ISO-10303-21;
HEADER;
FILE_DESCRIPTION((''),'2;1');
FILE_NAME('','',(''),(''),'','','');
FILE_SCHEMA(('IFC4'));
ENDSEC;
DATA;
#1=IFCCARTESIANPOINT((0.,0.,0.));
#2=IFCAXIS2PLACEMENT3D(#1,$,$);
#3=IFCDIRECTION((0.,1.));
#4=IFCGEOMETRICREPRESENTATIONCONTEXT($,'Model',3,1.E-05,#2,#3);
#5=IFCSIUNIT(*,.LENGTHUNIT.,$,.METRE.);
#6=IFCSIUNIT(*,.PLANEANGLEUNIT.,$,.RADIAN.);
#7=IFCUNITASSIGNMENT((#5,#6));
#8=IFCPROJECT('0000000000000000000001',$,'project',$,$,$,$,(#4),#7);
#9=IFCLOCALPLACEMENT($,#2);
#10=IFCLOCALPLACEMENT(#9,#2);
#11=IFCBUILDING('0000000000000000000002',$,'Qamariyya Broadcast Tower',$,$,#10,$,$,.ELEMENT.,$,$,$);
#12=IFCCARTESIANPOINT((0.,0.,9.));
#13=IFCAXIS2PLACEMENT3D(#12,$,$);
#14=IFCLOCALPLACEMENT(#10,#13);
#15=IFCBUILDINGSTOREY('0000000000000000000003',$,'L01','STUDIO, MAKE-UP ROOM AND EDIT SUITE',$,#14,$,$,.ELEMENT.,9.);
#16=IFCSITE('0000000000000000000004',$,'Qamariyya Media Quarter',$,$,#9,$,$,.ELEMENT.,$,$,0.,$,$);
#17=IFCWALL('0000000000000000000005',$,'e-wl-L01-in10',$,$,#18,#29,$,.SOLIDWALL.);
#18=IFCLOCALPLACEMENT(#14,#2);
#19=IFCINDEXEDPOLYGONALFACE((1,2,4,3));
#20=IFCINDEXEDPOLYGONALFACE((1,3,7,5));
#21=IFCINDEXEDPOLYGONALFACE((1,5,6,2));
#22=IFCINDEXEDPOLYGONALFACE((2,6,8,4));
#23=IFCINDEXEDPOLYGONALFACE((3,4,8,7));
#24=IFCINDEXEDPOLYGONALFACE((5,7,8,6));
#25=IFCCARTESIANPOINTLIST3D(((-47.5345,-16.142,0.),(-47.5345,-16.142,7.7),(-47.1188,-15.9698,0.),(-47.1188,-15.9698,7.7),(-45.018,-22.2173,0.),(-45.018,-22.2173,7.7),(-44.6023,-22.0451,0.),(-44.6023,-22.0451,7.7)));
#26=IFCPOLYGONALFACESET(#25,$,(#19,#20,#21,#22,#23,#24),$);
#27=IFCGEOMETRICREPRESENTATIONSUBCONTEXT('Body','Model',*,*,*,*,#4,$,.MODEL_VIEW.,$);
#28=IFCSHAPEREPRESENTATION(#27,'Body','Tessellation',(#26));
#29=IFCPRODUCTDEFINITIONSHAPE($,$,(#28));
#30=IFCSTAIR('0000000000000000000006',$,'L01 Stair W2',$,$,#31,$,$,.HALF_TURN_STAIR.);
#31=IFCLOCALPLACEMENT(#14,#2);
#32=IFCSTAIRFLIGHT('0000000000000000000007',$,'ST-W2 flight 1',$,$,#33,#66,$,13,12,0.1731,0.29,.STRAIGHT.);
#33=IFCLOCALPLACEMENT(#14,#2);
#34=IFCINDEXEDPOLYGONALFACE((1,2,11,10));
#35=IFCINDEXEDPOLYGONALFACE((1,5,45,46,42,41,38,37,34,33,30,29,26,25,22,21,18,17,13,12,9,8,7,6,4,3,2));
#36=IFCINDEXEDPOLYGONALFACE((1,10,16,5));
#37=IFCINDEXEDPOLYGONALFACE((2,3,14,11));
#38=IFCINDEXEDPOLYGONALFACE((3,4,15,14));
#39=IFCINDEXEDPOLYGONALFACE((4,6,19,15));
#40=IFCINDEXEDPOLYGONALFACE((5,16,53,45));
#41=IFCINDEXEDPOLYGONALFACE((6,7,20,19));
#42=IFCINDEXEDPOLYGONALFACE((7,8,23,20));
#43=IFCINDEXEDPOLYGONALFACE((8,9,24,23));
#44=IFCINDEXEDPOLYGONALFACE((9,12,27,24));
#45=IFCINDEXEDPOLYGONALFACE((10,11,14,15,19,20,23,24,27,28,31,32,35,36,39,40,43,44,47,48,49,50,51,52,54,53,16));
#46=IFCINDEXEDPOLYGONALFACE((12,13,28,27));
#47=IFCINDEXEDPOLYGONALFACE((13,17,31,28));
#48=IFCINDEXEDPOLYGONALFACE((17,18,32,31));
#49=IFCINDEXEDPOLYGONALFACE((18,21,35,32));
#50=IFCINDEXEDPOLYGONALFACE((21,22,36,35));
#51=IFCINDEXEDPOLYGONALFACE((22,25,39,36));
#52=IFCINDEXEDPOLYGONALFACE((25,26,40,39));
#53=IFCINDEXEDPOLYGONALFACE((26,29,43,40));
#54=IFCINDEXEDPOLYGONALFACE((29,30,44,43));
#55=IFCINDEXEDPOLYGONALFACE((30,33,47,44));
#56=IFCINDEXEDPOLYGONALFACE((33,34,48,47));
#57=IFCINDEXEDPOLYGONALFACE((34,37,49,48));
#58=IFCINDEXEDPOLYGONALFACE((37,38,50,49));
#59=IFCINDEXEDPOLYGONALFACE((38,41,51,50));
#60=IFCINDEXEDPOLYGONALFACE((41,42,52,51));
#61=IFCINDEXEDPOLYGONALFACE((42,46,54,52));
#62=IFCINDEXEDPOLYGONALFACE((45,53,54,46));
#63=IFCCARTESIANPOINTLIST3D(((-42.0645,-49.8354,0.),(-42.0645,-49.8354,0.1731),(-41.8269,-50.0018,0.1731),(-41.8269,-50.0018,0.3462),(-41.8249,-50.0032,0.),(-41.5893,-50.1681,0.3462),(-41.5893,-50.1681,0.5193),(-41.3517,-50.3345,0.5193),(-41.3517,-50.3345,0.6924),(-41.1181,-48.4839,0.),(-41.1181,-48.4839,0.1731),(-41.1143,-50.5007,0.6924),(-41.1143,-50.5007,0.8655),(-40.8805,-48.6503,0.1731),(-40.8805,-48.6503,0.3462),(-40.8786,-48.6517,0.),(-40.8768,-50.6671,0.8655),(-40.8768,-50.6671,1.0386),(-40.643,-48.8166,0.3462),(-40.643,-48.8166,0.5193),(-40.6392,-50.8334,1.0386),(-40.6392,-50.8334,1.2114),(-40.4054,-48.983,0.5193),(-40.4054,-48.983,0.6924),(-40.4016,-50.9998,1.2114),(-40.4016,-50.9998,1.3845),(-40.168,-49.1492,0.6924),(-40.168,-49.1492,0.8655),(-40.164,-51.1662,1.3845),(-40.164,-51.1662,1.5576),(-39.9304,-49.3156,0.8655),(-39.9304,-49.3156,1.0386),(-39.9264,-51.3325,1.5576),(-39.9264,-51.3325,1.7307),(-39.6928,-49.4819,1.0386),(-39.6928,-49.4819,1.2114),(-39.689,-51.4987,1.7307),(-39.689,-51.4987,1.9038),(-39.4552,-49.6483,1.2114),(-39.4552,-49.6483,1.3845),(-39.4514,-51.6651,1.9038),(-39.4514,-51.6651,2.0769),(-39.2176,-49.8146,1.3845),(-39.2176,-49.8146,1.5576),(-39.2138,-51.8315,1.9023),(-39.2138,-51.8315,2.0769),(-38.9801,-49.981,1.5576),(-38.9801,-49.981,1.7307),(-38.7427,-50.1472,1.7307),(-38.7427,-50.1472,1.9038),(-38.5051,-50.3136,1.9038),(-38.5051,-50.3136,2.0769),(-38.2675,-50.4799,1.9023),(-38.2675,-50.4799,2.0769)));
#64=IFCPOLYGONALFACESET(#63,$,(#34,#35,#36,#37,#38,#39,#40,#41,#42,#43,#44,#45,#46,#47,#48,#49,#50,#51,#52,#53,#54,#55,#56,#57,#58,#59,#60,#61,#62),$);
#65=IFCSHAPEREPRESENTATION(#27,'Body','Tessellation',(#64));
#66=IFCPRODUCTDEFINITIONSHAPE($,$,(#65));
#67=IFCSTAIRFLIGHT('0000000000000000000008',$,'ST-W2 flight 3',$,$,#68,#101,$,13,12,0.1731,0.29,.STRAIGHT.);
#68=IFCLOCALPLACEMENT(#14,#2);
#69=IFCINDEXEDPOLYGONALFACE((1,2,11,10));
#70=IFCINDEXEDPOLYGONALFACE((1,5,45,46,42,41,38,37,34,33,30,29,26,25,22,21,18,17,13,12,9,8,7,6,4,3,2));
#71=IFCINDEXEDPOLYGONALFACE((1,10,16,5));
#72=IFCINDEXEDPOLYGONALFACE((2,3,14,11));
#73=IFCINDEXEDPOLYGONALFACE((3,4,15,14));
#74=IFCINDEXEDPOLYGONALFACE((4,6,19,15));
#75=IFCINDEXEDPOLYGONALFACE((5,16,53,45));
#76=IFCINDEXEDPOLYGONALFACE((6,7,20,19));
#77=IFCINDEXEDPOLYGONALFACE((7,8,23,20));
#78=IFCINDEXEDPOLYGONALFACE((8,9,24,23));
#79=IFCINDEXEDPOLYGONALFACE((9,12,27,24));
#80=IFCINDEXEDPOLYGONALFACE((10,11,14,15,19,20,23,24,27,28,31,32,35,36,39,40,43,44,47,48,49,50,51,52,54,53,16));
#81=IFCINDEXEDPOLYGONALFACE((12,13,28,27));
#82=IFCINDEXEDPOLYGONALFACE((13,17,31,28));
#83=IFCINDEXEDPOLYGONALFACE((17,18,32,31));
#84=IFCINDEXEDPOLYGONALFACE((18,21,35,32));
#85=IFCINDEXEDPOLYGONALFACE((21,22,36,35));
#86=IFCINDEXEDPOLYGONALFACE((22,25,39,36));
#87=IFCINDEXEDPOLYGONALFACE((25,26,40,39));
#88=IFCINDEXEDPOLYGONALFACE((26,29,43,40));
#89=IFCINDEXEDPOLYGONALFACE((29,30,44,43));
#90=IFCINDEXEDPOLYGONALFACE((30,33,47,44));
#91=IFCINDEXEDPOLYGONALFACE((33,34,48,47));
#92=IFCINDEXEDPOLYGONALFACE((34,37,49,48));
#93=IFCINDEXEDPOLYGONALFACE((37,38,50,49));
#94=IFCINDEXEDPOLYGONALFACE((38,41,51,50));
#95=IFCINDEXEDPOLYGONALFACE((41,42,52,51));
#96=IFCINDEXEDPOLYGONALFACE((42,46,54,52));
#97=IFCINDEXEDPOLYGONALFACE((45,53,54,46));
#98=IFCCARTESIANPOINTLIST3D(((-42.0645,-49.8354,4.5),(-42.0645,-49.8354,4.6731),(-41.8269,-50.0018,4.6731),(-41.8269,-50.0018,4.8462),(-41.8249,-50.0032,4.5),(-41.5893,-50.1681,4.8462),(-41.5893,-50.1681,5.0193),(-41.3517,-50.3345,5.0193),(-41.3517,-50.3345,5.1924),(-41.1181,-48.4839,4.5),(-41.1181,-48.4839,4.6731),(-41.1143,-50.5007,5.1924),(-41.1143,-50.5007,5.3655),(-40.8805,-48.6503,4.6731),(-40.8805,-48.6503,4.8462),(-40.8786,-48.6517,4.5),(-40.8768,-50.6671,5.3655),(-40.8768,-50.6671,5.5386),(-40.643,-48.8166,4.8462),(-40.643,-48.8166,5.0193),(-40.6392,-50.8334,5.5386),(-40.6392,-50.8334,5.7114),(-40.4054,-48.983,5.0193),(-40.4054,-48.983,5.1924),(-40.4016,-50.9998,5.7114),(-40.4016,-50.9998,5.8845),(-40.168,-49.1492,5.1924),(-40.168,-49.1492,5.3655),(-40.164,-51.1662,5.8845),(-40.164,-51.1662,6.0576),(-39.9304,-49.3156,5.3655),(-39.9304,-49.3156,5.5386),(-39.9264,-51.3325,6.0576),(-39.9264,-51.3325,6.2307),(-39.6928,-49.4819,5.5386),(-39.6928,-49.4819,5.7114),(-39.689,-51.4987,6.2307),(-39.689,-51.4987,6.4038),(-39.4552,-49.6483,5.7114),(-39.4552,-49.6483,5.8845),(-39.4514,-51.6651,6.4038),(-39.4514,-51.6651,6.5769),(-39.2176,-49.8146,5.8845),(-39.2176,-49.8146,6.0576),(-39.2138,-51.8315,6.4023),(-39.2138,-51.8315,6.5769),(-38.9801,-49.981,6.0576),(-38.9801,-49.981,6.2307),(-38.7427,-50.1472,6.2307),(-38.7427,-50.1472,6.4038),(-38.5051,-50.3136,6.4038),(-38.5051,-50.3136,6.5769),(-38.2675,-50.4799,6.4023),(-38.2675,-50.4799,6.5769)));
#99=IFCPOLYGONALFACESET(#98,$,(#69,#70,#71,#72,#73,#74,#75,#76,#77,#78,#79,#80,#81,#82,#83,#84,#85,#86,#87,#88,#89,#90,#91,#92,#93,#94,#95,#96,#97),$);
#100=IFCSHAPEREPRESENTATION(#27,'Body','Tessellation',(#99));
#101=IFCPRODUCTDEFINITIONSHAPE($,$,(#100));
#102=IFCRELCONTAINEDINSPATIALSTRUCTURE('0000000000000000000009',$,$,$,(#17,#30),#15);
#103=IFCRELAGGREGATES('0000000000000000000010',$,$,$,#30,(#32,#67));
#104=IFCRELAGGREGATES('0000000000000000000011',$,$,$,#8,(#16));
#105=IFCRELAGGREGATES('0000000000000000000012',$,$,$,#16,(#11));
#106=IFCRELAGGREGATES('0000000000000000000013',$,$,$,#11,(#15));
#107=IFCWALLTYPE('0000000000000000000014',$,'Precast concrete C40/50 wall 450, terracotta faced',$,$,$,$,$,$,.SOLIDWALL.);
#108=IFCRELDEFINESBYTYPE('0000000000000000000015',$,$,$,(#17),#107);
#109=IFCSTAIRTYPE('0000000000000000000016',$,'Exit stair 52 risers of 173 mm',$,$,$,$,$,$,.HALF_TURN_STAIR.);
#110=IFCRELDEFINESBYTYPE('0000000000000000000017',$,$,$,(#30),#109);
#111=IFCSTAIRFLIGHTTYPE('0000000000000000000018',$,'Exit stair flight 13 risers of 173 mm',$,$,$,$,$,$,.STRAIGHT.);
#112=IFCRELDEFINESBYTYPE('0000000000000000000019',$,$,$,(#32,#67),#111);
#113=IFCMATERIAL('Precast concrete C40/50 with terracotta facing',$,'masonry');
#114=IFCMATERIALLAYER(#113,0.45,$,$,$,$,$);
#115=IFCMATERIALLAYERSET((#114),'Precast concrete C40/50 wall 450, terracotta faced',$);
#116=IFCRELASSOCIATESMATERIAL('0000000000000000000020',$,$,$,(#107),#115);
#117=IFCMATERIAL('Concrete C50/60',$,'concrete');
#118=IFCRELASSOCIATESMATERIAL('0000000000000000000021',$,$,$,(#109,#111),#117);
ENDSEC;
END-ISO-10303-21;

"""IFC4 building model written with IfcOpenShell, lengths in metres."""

from ifc_helpers import new_model, si_unit, direction, frame, frame_2d, origin, place, context, subcontext, project, spatial, polyline, rectangle, outline, extrude, material, layer, layer_set, type_object, element, aggregate, save


model = new_model("IFC4")

# Units and contexts
model_context = context("Model", 3, precision=1e-05, world=origin(), true_north=direction((0.0, 1.0)))
body_context = subcontext(model_context, "Body", "Model", "MODEL_VIEW")
ifc_project = project(units=[si_unit("LENGTHUNIT", "METRE"), si_unit("PLANEANGLEUNIT", "RADIAN")], contexts=[model_context])

# Site, building, storey
site_placement = place(None, origin())
site = spatial("IfcSite", under=ifc_project, at=site_placement, Name="Qamariyya Media Quarter", CompositionType="ELEMENT", RefElevation=0.0)
building_placement = place(site_placement, origin())
building = spatial("IfcBuilding", under=site, at=building_placement, Name="Qamariyya Broadcast Tower", CompositionType="ELEMENT")
storey_placement = place(building_placement, frame((0.0, 0.0, 9.0)))
storey = spatial("IfcBuildingStorey", under=building, at=storey_placement, Name="L01", Description="STUDIO, MAKE-UP ROOM AND EDIT SUITE", CompositionType="ELEMENT", Elevation=9.0)

# Shared definitions
ifc_material_1 = material(Name="Concrete C50/60", Category="concrete")

# Wall
ifc_material_2 = material(Name="Precast concrete C40/50 with terracotta facing", Category="masonry")
ifc_layer_1 = layer(ifc_material_2, 0.45)
ifc_layer_set_1 = layer_set([ifc_layer_1], Name="Precast concrete C40/50 wall 450, terracotta faced")
wall_type_1 = type_object("IfcWallType", Name="Precast concrete C40/50 wall 450, terracotta faced", PredefinedType="SOLIDWALL", material=ifc_layer_set_1)
wall_1_placement = place(storey_placement, frame((-44.8101, -22.1313, 0.0), z_axis=(0.0, 0.0, 1.0), x_axis=(-0.382693, 0.923876, 0.0)))
element("IfcWall", 1, at=wall_1_placement, inside=storey, type_object=wall_type_1, Name="e-wl-L01-in10", PredefinedType="SOLIDWALL", context=body_context, shape_type="SweptSolid", body=[
    extrude(rectangle(XDim=6.5759, YDim=0.45, at=frame_2d((3.2881, 0.0))), origin(), (0.0, 0.0, 1.0), 7.7),
])

# Stair, stair flights
stair_type = type_object("IfcStairType", Name="Exit stair 52 risers of 173 mm", PredefinedType="HALF_TURN_STAIR", material=ifc_material_1)
stair_placement = place(storey_placement, origin())
stair = element("IfcStair", 2, at=stair_placement, inside=storey, type_object=stair_type, Name="L01 Stair W2", PredefinedType="HALF_TURN_STAIR")
stair_flight_type = type_object("IfcStairFlightType", Name="Exit stair flight 13 risers of 173 mm", PredefinedType="STRAIGHT", material=ifc_material_1)
stair_flight_1_placement = place(storey_placement, frame((-41.5913, -49.1597, 0.0), z_axis=(0.0, 0.0, 1.0), x_axis=(0.819152, -0.573576, 0.0)))
stair_flight_1 = element("IfcStairFlight", 3, at=stair_flight_1_placement, type_object=stair_flight_type, Name="ST-W2 flight 1", NumberOfRisers=13, NumberOfTreads=12, PredefinedType="STRAIGHT", RiserHeight=0.1731, TreadLength=0.29, context=body_context, shape_type="SweptSolid", body=[
    extrude(outline(polyline([(0.0, 0.0), (0.0, 0.1731), (0.29, 0.1731), (0.29, 0.3462), (0.5801, 0.3462), (0.5801, 0.5193), (0.8701, 0.5193), (0.8701, 0.6924), (1.1599, 0.6924), (1.1599, 0.8655), (1.45, 0.8655), (1.45, 1.0386), (1.74, 1.0386), (1.74, 1.2114), (2.03, 1.2114), (2.03, 1.3845), (2.3201, 1.3845), (2.3201, 1.5576), (2.6101, 1.5576), (2.6101, 1.7307), (2.8999, 1.7307), (2.8999, 1.9038), (3.1899, 1.9038), (3.1899, 2.0769), (3.48, 2.0769), (3.48, 2.25), (3.48, 1.9023), (0.2925, 0.0), (0.0, 0.0)])), frame((0.0, 0.825, 0.0), z_axis=(0.0, -1.0, 0.0), x_axis=(1.0, 0.0, 0.0)), (0.0, 0.0, 1.0), 1.6499),
])
stair_flight_2_placement = place(storey_placement, frame((-41.5913, -49.1597, 4.5), z_axis=(0.0, 0.0, 1.0), x_axis=(0.819152, -0.573576, 0.0)))
stair_flight_2 = element("IfcStairFlight", 4, at=stair_flight_2_placement, type_object=stair_flight_type, Name="ST-W2 flight 3", NumberOfRisers=13, NumberOfTreads=12, PredefinedType="STRAIGHT", RiserHeight=0.1731, TreadLength=0.29, context=body_context, shape_type="SweptSolid", body=[
    extrude(outline(polyline([(0.0, 0.0), (0.0, 0.1731), (0.29, 0.1731), (0.29, 0.3462), (0.5801, 0.3462), (0.5801, 0.5193), (0.8701, 0.5193), (0.8701, 0.6924), (1.1599, 0.6924), (1.1599, 0.8655), (1.45, 0.8655), (1.45, 1.0386), (1.74, 1.0386), (1.74, 1.2114), (2.03, 1.2114), (2.03, 1.3845), (2.3201, 1.3845), (2.3201, 1.5576), (2.6101, 1.5576), (2.6101, 1.7307), (2.8999, 1.7307), (2.8999, 1.9038), (3.1899, 1.9038), (3.1899, 2.0769), (3.48, 2.0769), (3.48, 2.25), (3.48, 1.9023), (0.2925, 0.0), (0.0, 0.0)])), frame((0.0, 0.825, 0.0), z_axis=(0.0, -1.0, 0.0), x_axis=(1.0, 0.0, 0.0)), (0.0, 0.0, 1.0), 1.6499),
])
aggregate(stair, [stair_flight_1, stair_flight_2])

save(model, "model.ifc")
